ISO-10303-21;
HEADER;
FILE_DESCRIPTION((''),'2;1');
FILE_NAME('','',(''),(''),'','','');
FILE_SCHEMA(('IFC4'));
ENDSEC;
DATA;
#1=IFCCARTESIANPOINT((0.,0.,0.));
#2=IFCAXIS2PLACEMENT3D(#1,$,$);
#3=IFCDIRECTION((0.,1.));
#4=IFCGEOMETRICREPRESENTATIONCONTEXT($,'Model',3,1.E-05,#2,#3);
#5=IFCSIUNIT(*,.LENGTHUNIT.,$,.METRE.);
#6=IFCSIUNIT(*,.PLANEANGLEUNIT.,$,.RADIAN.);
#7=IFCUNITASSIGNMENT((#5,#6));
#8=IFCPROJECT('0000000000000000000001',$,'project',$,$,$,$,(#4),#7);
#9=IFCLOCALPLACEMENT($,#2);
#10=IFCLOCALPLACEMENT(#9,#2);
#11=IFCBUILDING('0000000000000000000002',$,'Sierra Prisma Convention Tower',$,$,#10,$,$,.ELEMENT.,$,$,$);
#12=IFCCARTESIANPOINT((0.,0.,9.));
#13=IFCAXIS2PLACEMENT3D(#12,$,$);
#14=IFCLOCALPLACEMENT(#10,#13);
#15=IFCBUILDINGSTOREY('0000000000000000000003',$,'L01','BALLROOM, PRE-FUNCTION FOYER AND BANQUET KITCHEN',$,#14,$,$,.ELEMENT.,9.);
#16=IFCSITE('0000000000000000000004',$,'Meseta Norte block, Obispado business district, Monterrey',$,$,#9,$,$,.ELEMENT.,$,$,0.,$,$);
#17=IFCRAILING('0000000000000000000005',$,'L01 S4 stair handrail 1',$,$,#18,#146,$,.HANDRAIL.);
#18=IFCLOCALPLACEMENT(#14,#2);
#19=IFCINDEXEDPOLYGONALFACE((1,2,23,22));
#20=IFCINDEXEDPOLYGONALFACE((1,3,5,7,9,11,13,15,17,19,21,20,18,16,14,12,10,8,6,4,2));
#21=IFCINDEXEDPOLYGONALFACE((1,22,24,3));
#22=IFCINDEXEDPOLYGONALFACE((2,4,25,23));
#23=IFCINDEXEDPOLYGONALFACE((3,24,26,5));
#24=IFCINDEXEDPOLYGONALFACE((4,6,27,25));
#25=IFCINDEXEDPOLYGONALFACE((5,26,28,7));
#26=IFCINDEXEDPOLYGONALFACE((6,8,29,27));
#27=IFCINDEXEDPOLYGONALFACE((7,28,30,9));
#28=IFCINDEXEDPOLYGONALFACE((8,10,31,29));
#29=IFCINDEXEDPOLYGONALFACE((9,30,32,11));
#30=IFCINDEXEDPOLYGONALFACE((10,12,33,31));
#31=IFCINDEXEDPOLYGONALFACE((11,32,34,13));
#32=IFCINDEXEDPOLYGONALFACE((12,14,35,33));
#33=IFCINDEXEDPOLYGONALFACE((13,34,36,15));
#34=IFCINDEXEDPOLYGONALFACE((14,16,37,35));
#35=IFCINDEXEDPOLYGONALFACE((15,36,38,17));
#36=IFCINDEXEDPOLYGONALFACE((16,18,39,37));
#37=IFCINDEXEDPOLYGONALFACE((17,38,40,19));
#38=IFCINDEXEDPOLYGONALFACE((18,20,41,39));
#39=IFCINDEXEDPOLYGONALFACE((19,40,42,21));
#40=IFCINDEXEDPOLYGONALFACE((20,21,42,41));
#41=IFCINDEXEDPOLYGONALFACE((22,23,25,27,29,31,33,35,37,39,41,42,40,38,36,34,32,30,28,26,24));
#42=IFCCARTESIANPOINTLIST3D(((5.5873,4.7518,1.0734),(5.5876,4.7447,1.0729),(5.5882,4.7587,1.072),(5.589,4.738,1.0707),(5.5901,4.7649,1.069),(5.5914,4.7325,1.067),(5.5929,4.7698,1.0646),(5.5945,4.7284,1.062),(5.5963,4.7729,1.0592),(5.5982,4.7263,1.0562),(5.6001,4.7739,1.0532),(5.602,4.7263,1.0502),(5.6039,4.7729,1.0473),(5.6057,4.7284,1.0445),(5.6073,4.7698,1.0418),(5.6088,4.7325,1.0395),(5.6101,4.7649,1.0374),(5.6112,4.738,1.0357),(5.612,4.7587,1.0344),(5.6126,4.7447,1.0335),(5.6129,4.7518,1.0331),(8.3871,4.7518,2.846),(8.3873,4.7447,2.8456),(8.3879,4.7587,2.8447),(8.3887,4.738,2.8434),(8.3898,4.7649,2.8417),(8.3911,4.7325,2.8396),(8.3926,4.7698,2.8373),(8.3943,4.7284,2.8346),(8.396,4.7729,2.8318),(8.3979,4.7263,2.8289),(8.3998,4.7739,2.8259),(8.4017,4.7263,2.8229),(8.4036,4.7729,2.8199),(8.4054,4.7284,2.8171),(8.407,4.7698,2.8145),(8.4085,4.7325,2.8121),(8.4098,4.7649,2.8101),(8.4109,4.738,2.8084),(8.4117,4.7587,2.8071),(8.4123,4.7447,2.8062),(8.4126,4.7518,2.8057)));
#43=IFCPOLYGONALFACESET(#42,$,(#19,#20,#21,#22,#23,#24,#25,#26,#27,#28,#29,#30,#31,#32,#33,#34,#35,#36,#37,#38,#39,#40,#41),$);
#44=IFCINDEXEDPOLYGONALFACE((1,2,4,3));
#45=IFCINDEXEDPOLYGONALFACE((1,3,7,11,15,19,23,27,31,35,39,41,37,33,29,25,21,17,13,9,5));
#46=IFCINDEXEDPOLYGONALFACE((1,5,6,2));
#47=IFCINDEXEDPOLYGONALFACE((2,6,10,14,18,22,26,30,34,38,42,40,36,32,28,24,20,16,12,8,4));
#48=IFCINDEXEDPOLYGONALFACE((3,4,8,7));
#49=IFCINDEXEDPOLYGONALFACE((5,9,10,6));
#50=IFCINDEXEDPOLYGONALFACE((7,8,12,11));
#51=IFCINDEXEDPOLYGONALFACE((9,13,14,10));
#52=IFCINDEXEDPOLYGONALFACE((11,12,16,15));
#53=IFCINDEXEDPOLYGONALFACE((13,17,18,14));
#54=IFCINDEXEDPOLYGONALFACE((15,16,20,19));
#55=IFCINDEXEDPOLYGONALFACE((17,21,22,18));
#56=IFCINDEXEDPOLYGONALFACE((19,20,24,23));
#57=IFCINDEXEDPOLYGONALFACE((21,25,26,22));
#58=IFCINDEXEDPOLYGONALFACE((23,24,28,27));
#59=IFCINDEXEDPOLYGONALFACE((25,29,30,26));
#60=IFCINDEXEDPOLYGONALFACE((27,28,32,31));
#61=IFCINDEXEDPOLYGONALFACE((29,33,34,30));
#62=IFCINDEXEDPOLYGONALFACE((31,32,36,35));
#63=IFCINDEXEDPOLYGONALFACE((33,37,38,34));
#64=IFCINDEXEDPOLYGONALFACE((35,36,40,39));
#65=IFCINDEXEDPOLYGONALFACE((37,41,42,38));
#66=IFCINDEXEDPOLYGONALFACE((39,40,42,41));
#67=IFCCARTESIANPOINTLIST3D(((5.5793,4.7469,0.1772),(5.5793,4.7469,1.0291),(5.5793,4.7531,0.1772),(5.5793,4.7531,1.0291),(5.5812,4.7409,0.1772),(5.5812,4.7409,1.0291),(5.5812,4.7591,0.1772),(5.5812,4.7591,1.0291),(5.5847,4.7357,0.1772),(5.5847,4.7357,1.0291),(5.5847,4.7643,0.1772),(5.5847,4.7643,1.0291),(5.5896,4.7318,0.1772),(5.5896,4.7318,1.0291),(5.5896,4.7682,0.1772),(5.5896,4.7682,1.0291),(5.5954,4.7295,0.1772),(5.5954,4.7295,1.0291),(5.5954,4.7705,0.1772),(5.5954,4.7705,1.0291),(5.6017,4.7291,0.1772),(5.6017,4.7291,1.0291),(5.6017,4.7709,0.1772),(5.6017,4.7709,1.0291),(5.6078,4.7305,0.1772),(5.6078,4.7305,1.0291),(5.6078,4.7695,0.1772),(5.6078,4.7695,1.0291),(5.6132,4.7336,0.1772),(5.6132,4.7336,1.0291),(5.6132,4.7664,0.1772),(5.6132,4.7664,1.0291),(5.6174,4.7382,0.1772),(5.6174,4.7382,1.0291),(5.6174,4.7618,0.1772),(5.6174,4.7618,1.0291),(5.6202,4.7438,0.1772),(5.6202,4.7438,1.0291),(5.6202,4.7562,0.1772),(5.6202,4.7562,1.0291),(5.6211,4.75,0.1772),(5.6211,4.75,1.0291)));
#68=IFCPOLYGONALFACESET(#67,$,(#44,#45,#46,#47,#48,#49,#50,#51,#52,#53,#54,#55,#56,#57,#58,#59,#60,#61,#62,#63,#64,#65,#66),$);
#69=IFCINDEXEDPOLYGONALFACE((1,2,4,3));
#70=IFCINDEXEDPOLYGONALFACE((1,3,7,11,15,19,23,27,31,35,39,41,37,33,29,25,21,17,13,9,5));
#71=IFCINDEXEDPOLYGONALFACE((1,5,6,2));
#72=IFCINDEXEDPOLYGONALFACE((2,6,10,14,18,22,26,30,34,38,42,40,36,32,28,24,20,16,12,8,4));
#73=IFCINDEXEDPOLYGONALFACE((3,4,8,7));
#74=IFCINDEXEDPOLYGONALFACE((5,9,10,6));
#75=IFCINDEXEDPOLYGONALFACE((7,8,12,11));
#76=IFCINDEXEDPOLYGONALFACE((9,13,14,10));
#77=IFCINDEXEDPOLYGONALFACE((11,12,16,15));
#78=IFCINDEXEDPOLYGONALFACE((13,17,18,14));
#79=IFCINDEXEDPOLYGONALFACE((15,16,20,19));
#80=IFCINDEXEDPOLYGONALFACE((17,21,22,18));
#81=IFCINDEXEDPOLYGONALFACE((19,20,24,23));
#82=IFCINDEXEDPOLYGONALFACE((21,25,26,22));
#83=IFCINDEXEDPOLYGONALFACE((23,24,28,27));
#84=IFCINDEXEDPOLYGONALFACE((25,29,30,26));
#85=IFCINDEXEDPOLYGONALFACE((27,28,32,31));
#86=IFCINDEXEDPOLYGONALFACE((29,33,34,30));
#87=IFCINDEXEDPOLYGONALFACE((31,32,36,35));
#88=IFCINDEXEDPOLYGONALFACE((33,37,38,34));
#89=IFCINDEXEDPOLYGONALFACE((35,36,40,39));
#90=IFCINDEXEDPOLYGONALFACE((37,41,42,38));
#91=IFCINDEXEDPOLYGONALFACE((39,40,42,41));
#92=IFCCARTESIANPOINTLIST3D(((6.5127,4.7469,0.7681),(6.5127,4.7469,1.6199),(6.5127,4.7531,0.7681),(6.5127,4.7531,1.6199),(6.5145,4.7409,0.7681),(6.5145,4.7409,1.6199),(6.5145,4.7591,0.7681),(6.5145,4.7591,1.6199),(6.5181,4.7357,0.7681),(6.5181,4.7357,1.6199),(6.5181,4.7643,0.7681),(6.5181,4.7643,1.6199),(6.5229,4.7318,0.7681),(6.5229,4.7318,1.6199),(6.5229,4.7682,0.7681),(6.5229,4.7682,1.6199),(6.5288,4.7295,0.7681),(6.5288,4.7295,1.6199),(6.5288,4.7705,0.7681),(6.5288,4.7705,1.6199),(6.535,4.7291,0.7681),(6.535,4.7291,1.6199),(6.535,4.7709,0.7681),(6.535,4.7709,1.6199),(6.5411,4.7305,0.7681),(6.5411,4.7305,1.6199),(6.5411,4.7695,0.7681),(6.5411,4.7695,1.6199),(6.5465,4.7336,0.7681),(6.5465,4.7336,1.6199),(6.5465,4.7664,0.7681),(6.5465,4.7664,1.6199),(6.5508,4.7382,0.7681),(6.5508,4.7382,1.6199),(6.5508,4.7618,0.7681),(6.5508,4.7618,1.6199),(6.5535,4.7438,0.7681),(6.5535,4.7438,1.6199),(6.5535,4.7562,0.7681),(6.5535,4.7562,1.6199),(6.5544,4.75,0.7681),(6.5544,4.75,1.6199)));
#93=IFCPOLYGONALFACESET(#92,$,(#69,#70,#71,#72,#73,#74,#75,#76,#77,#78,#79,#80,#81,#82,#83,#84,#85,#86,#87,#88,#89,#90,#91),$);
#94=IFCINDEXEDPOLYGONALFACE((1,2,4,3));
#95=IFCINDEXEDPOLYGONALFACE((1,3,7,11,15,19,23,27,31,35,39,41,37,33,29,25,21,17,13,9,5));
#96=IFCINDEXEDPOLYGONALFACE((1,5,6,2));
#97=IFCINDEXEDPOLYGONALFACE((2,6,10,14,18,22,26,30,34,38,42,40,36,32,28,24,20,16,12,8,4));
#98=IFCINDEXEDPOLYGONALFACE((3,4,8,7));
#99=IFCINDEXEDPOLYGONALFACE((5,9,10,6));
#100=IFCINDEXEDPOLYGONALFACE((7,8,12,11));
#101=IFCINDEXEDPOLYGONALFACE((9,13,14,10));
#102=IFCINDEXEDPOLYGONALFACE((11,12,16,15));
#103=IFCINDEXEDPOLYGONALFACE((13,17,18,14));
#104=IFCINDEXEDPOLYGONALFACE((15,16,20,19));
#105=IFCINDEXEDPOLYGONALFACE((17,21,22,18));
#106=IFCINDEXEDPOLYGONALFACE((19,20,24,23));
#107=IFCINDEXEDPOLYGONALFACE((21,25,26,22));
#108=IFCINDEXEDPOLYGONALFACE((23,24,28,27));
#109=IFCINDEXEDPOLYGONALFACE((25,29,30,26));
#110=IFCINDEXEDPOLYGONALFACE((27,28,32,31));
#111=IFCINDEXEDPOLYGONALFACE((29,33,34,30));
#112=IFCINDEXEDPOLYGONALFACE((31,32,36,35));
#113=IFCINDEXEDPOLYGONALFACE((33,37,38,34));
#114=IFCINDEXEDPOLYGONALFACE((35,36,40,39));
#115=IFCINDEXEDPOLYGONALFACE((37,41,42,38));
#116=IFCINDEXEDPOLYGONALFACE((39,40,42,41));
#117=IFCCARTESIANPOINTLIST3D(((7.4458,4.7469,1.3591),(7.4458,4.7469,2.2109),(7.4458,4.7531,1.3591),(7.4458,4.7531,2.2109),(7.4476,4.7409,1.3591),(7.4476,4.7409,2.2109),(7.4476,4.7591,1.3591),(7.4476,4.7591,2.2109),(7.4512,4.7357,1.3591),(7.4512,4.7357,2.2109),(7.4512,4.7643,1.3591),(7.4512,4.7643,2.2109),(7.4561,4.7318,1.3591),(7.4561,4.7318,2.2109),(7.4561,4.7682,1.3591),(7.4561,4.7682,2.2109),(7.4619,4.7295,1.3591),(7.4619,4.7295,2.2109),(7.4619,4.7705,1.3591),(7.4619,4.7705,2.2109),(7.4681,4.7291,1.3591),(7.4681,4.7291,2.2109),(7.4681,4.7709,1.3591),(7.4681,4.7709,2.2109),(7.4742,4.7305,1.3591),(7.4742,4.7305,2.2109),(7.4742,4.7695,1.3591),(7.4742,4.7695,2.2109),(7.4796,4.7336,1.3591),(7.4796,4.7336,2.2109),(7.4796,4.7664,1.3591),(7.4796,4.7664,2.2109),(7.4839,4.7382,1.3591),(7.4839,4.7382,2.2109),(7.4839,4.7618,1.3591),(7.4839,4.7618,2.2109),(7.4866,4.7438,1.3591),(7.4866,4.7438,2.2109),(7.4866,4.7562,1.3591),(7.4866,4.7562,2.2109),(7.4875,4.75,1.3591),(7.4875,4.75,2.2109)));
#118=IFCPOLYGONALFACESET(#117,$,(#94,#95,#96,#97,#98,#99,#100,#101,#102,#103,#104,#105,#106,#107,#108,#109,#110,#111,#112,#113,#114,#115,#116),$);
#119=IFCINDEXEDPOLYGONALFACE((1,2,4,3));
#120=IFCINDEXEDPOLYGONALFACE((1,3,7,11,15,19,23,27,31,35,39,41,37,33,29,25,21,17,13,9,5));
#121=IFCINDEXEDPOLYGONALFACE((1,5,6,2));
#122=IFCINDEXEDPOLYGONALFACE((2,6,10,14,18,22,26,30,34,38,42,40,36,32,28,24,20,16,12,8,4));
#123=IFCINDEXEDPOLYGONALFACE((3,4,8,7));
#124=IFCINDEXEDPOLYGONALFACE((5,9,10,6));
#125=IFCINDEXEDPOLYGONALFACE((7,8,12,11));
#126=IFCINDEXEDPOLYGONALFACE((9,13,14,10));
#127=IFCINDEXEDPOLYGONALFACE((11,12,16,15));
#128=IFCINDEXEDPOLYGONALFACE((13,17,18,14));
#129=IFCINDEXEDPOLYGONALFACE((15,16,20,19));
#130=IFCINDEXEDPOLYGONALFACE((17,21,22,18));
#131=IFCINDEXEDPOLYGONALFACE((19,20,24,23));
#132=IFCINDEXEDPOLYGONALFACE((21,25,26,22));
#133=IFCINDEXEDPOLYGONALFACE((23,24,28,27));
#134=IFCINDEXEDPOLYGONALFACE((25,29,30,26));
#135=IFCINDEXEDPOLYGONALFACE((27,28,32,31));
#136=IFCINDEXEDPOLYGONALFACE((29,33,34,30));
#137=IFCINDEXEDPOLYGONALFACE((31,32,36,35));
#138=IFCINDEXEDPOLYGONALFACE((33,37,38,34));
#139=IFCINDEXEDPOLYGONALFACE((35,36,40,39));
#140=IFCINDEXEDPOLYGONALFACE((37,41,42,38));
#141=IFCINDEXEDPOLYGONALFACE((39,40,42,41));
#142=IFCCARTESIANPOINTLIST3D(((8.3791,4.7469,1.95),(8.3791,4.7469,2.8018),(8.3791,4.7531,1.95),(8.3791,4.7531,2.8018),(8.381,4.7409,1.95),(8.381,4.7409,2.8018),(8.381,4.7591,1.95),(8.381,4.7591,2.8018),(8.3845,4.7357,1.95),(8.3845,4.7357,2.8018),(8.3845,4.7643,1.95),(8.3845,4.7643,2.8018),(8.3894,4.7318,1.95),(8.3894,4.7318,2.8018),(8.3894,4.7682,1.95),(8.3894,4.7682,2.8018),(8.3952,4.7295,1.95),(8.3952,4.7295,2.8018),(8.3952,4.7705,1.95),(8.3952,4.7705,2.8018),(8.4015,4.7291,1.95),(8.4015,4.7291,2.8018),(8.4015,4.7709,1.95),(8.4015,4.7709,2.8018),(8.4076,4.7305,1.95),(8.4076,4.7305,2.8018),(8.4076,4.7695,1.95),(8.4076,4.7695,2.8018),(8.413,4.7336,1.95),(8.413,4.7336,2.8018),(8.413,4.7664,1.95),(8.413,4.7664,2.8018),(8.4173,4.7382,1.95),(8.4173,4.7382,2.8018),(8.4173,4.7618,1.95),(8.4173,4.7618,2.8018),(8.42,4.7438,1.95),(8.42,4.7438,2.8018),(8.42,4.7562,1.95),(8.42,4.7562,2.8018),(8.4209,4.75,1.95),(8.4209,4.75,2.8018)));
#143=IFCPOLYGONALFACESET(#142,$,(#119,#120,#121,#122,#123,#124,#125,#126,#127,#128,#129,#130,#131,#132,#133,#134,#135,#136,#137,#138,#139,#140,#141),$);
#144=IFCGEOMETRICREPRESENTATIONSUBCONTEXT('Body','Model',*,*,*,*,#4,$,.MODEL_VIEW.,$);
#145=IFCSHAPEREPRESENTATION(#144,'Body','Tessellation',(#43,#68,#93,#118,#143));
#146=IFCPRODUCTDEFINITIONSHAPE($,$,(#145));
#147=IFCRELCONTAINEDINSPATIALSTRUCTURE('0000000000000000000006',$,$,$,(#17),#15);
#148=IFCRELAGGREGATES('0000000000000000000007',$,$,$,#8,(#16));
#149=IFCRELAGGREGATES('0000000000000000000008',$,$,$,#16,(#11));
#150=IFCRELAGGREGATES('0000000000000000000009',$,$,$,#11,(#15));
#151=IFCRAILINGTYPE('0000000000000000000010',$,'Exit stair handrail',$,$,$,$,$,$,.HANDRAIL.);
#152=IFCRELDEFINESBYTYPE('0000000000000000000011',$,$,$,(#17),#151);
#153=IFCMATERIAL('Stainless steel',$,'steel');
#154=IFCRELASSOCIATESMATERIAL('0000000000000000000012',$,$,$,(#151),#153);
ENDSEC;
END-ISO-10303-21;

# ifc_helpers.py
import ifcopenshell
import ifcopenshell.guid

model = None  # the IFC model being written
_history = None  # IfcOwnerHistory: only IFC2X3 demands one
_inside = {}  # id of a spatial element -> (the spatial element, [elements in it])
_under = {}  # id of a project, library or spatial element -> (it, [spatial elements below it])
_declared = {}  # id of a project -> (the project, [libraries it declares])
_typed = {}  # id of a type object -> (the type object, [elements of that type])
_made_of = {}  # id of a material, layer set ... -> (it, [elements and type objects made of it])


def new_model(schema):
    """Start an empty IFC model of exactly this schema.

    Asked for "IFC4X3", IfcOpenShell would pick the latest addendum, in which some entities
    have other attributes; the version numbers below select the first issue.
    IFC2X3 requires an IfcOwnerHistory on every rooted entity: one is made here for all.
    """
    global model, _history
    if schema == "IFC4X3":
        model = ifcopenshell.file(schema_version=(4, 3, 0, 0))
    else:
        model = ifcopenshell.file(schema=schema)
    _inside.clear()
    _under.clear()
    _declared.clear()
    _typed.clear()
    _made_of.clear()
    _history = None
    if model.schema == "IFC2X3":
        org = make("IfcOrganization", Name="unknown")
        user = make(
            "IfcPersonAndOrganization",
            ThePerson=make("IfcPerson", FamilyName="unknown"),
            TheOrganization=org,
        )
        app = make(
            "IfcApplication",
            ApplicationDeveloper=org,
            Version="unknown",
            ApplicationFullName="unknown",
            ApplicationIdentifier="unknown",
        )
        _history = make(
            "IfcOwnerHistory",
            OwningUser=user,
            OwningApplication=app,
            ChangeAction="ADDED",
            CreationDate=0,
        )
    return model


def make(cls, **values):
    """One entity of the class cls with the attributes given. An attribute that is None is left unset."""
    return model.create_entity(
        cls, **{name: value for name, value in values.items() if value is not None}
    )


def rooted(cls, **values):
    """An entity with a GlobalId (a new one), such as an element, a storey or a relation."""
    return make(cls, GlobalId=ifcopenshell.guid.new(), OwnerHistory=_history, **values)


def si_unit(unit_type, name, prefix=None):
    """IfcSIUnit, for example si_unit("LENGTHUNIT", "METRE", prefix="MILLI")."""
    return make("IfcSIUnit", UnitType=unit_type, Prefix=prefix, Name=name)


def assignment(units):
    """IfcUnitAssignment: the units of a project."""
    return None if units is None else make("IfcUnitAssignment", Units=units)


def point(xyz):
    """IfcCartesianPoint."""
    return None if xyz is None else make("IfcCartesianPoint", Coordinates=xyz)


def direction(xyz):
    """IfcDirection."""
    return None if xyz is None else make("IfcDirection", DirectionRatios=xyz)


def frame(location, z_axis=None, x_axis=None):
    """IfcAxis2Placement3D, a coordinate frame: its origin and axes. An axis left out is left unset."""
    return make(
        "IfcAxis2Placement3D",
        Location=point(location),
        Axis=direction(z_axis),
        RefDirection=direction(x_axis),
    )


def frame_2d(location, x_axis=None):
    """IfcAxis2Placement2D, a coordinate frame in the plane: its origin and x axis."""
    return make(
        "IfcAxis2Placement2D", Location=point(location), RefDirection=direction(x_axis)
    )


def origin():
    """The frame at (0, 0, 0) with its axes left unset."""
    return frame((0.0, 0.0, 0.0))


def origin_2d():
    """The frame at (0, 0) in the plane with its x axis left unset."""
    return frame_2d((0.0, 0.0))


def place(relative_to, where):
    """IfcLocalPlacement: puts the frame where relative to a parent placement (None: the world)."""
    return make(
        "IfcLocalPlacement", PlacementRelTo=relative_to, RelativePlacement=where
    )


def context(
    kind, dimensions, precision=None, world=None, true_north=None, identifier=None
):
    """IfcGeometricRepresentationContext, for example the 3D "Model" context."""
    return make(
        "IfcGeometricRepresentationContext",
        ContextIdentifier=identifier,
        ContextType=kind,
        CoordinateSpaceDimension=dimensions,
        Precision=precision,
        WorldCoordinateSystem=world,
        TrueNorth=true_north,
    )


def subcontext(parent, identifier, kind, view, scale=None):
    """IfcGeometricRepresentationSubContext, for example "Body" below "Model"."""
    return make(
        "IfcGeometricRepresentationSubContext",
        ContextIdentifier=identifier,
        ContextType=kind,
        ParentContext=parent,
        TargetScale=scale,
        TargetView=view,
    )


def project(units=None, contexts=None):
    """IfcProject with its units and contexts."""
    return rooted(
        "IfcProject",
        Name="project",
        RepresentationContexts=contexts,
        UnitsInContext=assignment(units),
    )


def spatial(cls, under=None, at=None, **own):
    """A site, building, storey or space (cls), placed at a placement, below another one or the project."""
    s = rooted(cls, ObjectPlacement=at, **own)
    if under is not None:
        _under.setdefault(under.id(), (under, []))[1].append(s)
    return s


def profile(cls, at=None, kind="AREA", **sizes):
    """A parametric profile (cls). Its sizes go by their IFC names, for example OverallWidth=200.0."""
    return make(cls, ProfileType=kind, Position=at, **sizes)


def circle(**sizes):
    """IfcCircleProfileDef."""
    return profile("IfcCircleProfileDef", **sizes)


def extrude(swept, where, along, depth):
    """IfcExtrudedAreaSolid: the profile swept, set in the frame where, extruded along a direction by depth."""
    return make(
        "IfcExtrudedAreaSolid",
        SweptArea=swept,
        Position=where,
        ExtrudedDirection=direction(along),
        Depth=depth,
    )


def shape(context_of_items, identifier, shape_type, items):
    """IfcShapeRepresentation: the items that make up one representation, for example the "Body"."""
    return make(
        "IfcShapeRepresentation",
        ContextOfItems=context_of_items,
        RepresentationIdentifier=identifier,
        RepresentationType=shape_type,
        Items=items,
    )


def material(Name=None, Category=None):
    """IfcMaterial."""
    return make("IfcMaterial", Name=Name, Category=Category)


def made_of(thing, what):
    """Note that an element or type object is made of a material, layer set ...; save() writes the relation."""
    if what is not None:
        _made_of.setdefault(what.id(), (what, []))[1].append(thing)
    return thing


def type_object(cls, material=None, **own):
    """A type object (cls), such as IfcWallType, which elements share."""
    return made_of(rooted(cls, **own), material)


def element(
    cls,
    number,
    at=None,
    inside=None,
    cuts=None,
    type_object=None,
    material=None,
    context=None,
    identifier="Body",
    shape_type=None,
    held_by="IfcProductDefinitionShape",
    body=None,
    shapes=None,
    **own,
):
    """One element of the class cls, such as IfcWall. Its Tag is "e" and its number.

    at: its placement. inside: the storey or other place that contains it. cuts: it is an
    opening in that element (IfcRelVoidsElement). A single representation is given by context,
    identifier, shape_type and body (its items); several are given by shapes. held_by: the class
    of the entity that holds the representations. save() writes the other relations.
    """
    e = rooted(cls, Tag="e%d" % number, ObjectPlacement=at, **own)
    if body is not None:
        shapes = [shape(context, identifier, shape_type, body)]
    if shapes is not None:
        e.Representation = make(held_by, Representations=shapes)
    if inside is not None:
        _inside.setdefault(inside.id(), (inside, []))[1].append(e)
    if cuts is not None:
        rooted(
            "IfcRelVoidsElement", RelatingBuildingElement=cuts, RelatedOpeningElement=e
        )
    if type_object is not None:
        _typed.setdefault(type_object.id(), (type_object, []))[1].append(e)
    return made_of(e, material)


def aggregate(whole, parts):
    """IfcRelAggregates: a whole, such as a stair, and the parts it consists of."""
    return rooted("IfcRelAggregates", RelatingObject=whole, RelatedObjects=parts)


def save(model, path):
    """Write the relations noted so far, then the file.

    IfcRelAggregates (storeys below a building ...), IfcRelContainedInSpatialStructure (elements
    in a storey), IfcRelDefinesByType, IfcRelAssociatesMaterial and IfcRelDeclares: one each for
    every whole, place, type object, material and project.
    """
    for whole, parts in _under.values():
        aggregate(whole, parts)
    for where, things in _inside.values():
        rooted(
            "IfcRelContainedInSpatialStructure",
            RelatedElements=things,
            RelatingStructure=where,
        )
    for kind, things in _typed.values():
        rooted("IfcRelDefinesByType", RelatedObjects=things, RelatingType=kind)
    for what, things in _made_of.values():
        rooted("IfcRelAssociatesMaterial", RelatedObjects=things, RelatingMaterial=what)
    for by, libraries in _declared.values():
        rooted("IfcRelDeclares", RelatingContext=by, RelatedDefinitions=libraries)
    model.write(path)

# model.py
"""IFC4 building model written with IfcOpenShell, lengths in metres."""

from ifc_helpers import new_model, si_unit, direction, frame, origin, origin_2d, place, context, subcontext, project, spatial, circle, extrude, material, type_object, element, save


model = new_model("IFC4")

# Units and contexts
model_context = context("Model", 3, precision=1e-05, world=origin(), true_north=direction((0.0, 1.0)))
body_context = subcontext(model_context, "Body", "Model", "MODEL_VIEW")
ifc_project = project(units=[si_unit("LENGTHUNIT", "METRE"), si_unit("PLANEANGLEUNIT", "RADIAN")], contexts=[model_context])

# Site, building, storey
site_placement = place(None, origin())
site = spatial("IfcSite", under=ifc_project, at=site_placement, Name="Meseta Norte block, Obispado business district, Monterrey", CompositionType="ELEMENT", RefElevation=0.0)
building_placement = place(site_placement, origin())
building = spatial("IfcBuilding", under=site, at=building_placement, Name="Sierra Prisma Convention Tower", CompositionType="ELEMENT")
storey_placement = place(building_placement, frame((0.0, 0.0, 9.0)))
storey = spatial("IfcBuildingStorey", under=building, at=storey_placement, Name="L01", Description="BALLROOM, PRE-FUNCTION FOYER AND BANQUET KITCHEN", CompositionType="ELEMENT", Elevation=9.0)

# Railing
ifc_material_1 = material(Name="Stainless steel", Category="steel")
railing_type_1 = type_object("IfcRailingType", Name="Exit stair handrail", PredefinedType="HANDRAIL", material=ifc_material_1)
for number, where, name in (
    (1, (5.6001, 4.75, 0.1772), "L01 S4 stair handrail 1"),
):
    element("IfcRailing", number, at=place(storey_placement, frame(where)), inside=storey, type_object=railing_type_1, Name=name, PredefinedType="HANDRAIL", context=body_context, shape_type="SweptSolid", body=[
        extrude(circle(Radius=0.0239, at=origin_2d()), frame((0.0, 0.0, 0.876), z_axis=(0.844888, 0.0, 0.534943), x_axis=(0.0, 1.0, 0.0)), (0.0, 0.0, 1.0), 3.3137),
        extrude(circle(Radius=0.021, at=origin_2d()), origin(), (0.0, 0.0, 1.0), 0.8518),
        extrude(circle(Radius=0.021, at=origin_2d()), frame((0.9333, 0.0, 0.5908)), (0.0, 0.0, 1.0), 0.8518),
        extrude(circle(Radius=0.021, at=origin_2d()), frame((1.8665, 0.0, 1.1819)), (0.0, 0.0, 1.0), 0.8518),
        extrude(circle(Radius=0.021, at=origin_2d()), frame((2.7998, 0.0, 1.7727)), (0.0, 0.0, 1.0), 0.8518),
    ])

save(model, "model.ifc")
